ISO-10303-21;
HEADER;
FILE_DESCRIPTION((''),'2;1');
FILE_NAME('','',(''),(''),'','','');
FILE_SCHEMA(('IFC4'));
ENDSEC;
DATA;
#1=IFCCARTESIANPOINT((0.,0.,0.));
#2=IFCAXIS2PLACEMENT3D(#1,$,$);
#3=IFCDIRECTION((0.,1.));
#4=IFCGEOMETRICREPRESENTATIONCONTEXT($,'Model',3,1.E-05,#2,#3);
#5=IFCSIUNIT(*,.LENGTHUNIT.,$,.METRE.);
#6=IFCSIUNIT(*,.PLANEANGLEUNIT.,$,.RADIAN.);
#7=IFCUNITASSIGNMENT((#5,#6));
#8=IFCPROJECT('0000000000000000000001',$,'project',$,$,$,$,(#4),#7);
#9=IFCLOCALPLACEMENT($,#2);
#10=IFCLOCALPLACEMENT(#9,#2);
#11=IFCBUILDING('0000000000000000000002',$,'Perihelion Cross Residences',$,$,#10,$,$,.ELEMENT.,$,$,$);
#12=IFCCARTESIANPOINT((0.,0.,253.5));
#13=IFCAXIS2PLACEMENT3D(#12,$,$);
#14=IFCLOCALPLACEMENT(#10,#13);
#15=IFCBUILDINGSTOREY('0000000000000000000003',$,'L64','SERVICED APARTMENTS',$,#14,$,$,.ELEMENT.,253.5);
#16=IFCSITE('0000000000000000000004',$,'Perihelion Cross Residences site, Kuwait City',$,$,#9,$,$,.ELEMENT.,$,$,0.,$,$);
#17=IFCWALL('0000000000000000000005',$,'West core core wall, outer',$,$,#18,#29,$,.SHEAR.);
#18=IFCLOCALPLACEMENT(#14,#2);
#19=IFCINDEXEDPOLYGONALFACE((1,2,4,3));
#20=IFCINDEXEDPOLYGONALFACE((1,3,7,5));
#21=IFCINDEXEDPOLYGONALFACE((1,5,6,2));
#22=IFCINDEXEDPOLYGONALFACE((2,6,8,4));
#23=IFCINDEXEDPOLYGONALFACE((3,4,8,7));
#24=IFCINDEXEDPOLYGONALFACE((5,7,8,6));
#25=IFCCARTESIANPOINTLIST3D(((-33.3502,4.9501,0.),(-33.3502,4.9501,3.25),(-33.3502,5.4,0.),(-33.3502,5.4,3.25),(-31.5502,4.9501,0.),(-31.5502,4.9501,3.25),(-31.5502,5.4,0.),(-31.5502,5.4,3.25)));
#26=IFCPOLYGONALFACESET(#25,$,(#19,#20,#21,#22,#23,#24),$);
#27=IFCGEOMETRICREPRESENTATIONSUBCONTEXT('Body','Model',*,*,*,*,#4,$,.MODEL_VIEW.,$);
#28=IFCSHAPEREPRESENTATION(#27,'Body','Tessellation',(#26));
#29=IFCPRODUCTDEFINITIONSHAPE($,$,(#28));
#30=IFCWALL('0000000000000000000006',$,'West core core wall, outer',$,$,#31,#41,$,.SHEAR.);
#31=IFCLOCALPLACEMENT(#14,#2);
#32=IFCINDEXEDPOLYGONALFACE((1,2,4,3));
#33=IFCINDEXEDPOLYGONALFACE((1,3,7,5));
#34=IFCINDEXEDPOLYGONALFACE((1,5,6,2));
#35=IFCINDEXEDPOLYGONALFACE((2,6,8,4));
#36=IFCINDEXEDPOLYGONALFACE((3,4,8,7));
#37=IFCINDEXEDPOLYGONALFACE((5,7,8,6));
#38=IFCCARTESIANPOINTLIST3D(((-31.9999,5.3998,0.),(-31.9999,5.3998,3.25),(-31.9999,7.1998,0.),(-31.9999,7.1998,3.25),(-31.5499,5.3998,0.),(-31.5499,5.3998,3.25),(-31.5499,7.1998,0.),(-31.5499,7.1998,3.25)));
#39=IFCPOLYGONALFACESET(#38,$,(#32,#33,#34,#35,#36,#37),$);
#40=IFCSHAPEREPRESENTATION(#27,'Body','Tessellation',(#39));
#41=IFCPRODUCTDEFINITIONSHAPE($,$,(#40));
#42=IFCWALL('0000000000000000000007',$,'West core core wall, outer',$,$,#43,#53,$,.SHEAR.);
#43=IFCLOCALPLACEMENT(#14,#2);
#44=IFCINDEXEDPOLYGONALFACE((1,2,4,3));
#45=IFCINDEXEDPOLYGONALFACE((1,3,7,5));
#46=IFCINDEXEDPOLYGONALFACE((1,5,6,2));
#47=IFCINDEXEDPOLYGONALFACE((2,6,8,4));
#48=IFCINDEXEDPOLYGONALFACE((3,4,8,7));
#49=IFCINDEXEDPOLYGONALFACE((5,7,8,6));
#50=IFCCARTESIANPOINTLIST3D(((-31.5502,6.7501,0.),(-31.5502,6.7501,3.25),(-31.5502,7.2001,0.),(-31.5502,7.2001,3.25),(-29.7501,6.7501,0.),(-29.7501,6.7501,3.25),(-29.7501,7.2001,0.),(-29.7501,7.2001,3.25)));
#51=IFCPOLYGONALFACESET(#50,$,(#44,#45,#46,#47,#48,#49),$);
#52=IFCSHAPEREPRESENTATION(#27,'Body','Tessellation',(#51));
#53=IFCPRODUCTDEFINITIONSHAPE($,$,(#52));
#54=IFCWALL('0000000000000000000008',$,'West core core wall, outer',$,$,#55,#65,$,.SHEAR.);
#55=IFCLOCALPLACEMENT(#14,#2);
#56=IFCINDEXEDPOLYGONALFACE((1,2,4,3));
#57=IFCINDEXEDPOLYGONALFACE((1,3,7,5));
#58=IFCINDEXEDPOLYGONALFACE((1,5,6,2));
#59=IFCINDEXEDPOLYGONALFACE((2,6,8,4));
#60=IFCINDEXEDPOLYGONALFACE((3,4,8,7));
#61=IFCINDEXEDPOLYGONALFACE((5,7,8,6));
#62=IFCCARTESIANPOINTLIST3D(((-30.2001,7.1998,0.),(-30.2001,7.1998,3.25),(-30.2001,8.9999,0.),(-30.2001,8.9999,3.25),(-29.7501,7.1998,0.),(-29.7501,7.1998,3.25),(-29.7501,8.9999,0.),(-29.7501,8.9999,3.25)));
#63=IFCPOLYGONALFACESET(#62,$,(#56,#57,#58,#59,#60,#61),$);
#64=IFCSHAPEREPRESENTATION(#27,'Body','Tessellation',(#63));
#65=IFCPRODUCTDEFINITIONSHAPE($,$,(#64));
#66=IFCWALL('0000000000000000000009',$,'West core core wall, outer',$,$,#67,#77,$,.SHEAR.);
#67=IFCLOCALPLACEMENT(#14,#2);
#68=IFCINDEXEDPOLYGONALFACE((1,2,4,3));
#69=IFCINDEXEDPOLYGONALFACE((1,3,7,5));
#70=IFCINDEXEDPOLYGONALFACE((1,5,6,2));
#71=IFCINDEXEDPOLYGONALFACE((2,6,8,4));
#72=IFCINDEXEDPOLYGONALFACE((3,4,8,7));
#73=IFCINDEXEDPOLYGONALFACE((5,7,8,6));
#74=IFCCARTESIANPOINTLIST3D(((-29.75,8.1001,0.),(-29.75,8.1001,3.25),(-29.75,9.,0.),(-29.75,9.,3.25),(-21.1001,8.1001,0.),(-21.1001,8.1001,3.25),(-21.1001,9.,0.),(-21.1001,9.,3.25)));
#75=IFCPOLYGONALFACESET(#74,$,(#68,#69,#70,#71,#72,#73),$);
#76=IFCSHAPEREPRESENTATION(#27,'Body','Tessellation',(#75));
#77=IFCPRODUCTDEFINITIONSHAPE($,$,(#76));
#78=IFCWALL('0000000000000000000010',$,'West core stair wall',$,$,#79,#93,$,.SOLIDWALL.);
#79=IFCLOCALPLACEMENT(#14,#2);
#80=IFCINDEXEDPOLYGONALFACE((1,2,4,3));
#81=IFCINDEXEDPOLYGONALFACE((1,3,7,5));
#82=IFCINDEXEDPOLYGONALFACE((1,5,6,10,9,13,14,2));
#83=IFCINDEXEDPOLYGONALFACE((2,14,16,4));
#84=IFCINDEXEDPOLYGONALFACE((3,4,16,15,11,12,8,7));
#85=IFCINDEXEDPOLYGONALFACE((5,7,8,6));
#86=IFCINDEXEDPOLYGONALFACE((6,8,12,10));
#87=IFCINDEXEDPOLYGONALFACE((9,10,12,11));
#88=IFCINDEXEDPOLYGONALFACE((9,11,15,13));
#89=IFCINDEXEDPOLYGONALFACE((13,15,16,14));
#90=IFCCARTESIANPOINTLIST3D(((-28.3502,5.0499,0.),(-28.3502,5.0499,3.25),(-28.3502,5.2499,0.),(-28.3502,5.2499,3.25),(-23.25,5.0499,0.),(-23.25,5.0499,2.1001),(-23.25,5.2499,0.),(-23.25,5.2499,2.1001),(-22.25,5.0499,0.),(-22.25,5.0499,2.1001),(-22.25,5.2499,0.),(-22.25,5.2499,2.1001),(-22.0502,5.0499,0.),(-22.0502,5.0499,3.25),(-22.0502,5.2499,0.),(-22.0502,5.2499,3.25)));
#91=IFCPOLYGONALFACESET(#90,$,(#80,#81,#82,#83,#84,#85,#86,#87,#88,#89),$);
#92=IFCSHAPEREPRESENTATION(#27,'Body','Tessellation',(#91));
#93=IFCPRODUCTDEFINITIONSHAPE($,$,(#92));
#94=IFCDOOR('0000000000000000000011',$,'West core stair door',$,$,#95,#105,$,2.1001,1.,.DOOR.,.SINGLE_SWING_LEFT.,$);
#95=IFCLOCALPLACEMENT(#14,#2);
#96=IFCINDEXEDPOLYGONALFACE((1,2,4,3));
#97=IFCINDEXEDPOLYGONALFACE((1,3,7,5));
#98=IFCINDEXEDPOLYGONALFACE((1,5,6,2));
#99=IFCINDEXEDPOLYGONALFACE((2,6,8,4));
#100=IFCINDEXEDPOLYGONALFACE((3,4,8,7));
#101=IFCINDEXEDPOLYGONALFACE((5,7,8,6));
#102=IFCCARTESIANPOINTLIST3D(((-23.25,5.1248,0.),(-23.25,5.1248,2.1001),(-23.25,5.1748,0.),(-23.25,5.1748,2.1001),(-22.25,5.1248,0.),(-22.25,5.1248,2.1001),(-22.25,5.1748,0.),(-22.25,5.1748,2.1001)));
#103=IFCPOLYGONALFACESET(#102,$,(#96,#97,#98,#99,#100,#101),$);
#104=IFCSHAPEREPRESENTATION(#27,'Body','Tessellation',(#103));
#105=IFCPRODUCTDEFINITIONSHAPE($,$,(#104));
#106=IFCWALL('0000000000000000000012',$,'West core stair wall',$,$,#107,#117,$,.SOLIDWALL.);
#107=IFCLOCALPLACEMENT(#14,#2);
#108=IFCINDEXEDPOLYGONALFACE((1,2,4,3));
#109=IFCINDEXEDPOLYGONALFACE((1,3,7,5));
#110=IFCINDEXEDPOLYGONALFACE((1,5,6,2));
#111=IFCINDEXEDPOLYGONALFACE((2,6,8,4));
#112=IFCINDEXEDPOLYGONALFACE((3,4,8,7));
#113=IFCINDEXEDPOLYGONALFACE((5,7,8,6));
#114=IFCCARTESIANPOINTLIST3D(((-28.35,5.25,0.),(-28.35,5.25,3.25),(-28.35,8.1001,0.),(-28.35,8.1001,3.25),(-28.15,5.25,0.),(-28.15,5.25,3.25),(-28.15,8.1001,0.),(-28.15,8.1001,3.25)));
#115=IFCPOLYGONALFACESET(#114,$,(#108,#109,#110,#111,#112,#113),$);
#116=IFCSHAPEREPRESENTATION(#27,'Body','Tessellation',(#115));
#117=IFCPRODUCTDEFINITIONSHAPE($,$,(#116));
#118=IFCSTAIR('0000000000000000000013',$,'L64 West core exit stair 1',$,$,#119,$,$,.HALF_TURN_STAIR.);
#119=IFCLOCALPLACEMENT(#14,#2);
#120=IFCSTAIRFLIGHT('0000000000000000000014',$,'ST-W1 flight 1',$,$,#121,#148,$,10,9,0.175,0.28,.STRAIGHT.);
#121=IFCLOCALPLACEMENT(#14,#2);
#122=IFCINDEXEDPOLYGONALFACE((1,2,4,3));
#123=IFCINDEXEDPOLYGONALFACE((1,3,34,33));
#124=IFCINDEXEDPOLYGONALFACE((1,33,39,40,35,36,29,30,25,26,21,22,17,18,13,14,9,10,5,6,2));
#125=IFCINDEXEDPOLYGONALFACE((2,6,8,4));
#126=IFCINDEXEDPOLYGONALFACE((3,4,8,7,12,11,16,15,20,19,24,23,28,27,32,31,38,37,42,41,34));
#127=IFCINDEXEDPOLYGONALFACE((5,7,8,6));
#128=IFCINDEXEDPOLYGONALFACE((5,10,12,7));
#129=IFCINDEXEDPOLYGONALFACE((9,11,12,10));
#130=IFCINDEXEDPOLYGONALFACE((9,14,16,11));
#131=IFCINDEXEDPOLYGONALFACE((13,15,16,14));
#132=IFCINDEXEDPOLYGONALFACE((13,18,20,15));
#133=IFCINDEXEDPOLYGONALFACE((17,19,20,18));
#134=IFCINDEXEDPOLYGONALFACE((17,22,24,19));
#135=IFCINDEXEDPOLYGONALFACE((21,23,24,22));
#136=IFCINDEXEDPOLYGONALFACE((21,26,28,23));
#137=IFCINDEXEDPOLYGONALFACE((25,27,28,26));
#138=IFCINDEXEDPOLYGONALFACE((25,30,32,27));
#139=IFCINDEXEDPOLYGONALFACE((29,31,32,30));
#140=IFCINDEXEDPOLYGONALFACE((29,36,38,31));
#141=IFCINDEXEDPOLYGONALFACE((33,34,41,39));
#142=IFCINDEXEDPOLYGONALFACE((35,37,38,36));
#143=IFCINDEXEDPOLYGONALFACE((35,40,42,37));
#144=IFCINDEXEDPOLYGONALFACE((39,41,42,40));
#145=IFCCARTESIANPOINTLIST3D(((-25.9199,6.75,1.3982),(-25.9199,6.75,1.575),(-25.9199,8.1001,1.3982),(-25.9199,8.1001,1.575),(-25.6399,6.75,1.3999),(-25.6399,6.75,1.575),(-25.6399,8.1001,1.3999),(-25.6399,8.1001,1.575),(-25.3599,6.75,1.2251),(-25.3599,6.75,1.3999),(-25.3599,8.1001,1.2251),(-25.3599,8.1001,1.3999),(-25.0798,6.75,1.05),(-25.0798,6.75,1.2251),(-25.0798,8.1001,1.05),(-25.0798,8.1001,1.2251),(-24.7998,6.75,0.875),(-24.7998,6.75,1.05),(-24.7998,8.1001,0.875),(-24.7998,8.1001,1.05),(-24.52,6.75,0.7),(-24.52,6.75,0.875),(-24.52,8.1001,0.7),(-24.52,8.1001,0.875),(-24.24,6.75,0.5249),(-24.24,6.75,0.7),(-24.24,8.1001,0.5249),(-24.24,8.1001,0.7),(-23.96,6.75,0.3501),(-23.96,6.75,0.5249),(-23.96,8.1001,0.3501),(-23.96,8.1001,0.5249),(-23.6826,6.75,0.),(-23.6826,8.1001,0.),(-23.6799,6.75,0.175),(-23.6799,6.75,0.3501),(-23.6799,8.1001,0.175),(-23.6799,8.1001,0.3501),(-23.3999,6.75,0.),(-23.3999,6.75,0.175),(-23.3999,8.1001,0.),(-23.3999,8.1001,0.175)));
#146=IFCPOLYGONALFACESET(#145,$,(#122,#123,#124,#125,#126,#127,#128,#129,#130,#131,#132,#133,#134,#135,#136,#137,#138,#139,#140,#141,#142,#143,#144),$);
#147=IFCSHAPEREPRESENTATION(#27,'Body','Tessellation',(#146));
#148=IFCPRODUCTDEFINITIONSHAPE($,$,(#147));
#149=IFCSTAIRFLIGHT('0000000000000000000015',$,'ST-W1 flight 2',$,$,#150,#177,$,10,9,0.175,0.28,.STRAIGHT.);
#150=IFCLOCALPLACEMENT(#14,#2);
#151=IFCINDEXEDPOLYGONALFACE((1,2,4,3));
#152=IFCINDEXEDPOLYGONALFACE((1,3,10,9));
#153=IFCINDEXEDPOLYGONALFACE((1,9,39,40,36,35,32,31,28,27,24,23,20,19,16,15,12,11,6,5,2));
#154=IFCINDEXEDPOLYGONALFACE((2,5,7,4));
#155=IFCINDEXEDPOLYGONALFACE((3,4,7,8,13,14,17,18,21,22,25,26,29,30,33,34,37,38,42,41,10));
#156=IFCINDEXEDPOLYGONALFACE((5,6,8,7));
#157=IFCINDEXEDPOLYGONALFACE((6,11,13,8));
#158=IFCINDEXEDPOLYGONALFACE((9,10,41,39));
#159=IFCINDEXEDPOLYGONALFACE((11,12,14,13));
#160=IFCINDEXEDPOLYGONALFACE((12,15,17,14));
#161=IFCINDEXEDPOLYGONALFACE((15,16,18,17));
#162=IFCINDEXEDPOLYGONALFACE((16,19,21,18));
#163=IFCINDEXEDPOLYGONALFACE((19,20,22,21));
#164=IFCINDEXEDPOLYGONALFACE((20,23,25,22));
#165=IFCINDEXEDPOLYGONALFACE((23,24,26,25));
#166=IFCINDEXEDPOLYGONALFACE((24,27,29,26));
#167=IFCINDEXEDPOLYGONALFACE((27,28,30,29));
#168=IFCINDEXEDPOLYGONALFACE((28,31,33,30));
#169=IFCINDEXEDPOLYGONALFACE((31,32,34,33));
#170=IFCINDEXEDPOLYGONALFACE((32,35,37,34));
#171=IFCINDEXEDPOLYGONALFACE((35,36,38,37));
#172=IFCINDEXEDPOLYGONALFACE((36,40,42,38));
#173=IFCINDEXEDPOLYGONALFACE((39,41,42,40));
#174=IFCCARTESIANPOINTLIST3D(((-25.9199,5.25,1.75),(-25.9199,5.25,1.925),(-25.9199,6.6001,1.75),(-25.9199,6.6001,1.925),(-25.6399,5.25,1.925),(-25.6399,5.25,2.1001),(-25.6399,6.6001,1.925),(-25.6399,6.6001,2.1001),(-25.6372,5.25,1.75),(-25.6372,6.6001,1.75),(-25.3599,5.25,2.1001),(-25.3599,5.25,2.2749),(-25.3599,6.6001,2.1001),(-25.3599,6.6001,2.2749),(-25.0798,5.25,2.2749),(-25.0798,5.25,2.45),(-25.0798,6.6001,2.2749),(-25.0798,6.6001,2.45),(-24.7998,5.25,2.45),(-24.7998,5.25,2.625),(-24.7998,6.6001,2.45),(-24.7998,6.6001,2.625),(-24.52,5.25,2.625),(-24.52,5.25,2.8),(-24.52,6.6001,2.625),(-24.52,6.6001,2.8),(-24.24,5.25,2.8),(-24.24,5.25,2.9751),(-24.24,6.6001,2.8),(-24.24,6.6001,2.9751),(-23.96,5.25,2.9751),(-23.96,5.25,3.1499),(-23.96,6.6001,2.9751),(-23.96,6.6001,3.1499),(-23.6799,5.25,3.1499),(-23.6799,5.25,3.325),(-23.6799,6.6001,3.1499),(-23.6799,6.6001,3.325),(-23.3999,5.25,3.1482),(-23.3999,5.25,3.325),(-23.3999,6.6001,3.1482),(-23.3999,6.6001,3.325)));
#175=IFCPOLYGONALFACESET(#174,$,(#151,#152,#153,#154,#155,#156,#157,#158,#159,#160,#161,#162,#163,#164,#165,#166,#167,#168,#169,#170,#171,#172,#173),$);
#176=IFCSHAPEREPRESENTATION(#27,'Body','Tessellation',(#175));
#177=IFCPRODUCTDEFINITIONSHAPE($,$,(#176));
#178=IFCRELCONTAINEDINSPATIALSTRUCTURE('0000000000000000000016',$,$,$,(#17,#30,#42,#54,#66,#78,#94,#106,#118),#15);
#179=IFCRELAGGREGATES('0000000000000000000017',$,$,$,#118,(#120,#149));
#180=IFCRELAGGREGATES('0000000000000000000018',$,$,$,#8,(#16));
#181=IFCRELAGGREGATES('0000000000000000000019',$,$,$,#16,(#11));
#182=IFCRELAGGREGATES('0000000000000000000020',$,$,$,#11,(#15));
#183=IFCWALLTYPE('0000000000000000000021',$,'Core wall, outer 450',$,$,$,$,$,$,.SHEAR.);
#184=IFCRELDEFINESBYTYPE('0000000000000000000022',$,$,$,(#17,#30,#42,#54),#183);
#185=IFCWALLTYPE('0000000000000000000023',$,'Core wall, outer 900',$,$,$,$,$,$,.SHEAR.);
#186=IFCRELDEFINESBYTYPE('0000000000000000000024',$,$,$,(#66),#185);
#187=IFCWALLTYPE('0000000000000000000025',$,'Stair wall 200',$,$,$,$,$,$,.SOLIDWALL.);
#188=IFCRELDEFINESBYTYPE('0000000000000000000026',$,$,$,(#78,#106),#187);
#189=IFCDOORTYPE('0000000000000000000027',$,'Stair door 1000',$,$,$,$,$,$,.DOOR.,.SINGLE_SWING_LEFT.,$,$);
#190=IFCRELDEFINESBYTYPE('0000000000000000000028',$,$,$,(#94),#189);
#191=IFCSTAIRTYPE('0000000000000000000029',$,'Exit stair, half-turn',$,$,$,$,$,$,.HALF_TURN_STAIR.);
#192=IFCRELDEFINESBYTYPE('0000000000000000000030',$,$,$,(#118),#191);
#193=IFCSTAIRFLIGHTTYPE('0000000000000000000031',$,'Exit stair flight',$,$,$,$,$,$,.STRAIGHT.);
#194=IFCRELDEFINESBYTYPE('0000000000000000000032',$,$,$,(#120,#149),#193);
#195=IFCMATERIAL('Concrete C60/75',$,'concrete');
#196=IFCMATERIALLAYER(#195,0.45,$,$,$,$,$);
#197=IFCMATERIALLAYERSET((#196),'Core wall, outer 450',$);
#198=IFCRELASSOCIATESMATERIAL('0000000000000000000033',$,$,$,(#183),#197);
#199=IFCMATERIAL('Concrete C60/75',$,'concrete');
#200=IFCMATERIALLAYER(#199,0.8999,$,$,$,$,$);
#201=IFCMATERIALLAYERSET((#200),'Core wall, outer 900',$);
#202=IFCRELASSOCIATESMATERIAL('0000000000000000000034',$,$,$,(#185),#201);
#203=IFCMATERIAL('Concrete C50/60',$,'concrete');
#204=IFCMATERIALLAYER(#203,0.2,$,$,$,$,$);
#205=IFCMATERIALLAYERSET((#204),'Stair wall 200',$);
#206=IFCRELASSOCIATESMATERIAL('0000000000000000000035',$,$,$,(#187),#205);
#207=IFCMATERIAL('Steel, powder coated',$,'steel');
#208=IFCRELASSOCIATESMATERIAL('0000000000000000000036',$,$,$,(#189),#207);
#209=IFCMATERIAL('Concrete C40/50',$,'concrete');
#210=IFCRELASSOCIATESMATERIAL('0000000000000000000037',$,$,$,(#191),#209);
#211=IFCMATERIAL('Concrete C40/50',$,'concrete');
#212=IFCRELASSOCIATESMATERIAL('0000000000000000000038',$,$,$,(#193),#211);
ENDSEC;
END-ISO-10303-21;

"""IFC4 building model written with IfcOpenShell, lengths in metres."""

from ifc_helpers import new_model, si_unit, direction, frame, frame_2d, origin, place, context, subcontext, project, spatial, polyline, rectangle, outline, extrude, material, layer, layer_set, type_object, element, fill, aggregate, save


model = new_model("IFC4")

# Units and contexts
model_context = context("Model", 3, precision=1e-05, world=origin(), true_north=direction((0.0, 1.0)))
body_context = subcontext(model_context, "Body", "Model", "MODEL_VIEW")
ifc_project = project(units=[si_unit("LENGTHUNIT", "METRE"), si_unit("PLANEANGLEUNIT", "RADIAN")], contexts=[model_context])

# Site, building, storey
site_placement = place(None, origin())
site = spatial("IfcSite", under=ifc_project, at=site_placement, Name="Perihelion Cross Residences site, Kuwait City", CompositionType="ELEMENT", RefElevation=0.0)
building_placement = place(site_placement, origin())
building = spatial("IfcBuilding", under=site, at=building_placement, Name="Perihelion Cross Residences", CompositionType="ELEMENT")
storey_placement = place(building_placement, frame((0.0, 0.0, 253.5)))
storey = spatial("IfcBuildingStorey", under=building, at=storey_placement, Name="L64", Description="SERVICED APARTMENTS", CompositionType="ELEMENT", Elevation=253.5)

# Walls
ifc_material_1 = material(Name="Concrete C60/75", Category="concrete")
ifc_layer_1 = layer(ifc_material_1, 0.45)
ifc_layer_set_1 = layer_set([ifc_layer_1], Name="Core wall, outer 450")
wall_type_1 = type_object("IfcWallType", Name="Core wall, outer 450", PredefinedType="SHEAR", material=ifc_layer_set_1)
for number, where, z_axis, x_axis, name in (
    (1, (-33.3501, 5.175, 0.0), (0.0, 0.0, 1.0), (1.0, 0.0, 0.0), "West core core wall, outer"),
    (2, (-31.7749, 5.3999, 0.0), (0.0, 0.0, 1.0), (0.0, 1.0, 0.0), "West core core wall, outer"),
    (3, (-31.55, 6.9751, 0.0), (0.0, 0.0, 1.0), (1.0, 0.0, 0.0), "West core core wall, outer"),
    (4, (-29.9751, 7.2, 0.0), (0.0, 0.0, 1.0), (0.0, 1.0, 0.0), "West core core wall, outer"),
):
    element("IfcWall", number, at=place(storey_placement, frame(where, z_axis=z_axis, x_axis=x_axis)), inside=storey, type_object=wall_type_1, Name=name, PredefinedType="SHEAR", context=body_context, shape_type="SweptSolid", body=[
        extrude(rectangle(XDim=1.8, YDim=0.45, at=frame_2d((0.8999, 0.0))), origin(), (0.0, 0.0, 1.0), 3.25),
    ])
ifc_material_2 = material(Name="Concrete C60/75", Category="concrete")
ifc_layer_2 = layer(ifc_material_2, 0.8999)
ifc_layer_set_2 = layer_set([ifc_layer_2], Name="Core wall, outer 900")
wall_type_2 = type_object("IfcWallType", Name="Core wall, outer 900", PredefinedType="SHEAR", material=ifc_layer_set_2)
wall_1_placement = place(storey_placement, frame((-29.75, 8.55, 0.0), z_axis=(0.0, 0.0, 1.0), x_axis=(1.0, 0.0, 0.0)))
element("IfcWall", 5, at=wall_1_placement, inside=storey, type_object=wall_type_2, Name="West core core wall, outer", PredefinedType="SHEAR", context=body_context, shape_type="SweptSolid", body=[
    extrude(rectangle(XDim=8.6499, YDim=0.8999, at=frame_2d((4.325, 0.0))), origin(), (0.0, 0.0, 1.0), 3.25),
])

# Wall, opening, door
ifc_material_3 = material(Name="Concrete C50/60", Category="concrete")
ifc_layer_3 = layer(ifc_material_3, 0.2)
ifc_layer_set_3 = layer_set([ifc_layer_3], Name="Stair wall 200")
wall_type_3 = type_object("IfcWallType", Name="Stair wall 200", PredefinedType="SOLIDWALL", material=ifc_layer_set_3)
wall_2_placement = place(storey_placement, frame((-28.3501, 5.1499, 0.0), z_axis=(0.0, 0.0, 1.0), x_axis=(1.0, 0.0, 0.0)))
wall_2 = element("IfcWall", 6, at=wall_2_placement, inside=storey, type_object=wall_type_3, Name="West core stair wall", PredefinedType="SOLIDWALL", context=body_context, shape_type="SweptSolid", body=[
    extrude(rectangle(XDim=6.3, YDim=0.2, at=frame_2d((3.1499, 0.0))), origin(), (0.0, 0.0, 1.0), 3.25),
])
opening_placement = place(wall_2_placement, frame((5.1001, 0.0, 0.0)))
opening = element("IfcOpeningElement", 7, at=opening_placement, cuts=wall_2, PredefinedType="OPENING", context=body_context, shape_type="SweptSolid", body=[
    extrude(rectangle(XDim=1.0, YDim=2.1001, at=frame_2d((0.5, 1.05))), frame((0.0, 0.1099, 0.0), z_axis=(0.0, -1.0, 0.0), x_axis=(1.0, 0.0, 0.0)), (0.0, 0.0, 1.0), 0.22),
])
ifc_material_4 = material(Name="Steel, powder coated", Category="steel")
door_type = type_object("IfcDoorType", Name="Stair door 1000", OperationType="SINGLE_SWING_LEFT", PredefinedType="DOOR", material=ifc_material_4)
door_placement = place(opening_placement, origin())
door = element("IfcDoor", 8, at=door_placement, inside=storey, type_object=door_type, Name="West core stair door", OperationType="SINGLE_SWING_LEFT", OverallHeight=2.1001, OverallWidth=1.0, PredefinedType="DOOR", context=body_context, shape_type="SweptSolid", body=[
    extrude(rectangle(XDim=1.0, YDim=2.1001, at=frame_2d((0.5, 1.05))), frame((0.0, 0.0249, 0.0), z_axis=(0.0, -1.0, 0.0), x_axis=(1.0, 0.0, 0.0)), (0.0, 0.0, 1.0), 0.05),
])
fill(opening, door)

# Wall
wall_3_placement = place(storey_placement, frame((-28.25, 5.25, 0.0), z_axis=(0.0, 0.0, 1.0), x_axis=(0.0, 1.0, 0.0)))
element("IfcWall", 9, at=wall_3_placement, inside=storey, type_object=wall_type_3, Name="West core stair wall", PredefinedType="SOLIDWALL", context=body_context, shape_type="SweptSolid", body=[
    extrude(rectangle(XDim=2.8501, YDim=0.2, at=frame_2d((1.425, 0.0))), origin(), (0.0, 0.0, 1.0), 3.25),
])

# Stair, stair flights
ifc_material_5 = material(Name="Concrete C40/50", Category="concrete")
stair_type = type_object("IfcStairType", Name="Exit stair, half-turn", PredefinedType="HALF_TURN_STAIR", material=ifc_material_5)
stair_placement = place(storey_placement, origin())
stair = element("IfcStair", 10, at=stair_placement, inside=storey, type_object=stair_type, Name="L64 West core exit stair 1", PredefinedType="HALF_TURN_STAIR")
ifc_material_6 = material(Name="Concrete C40/50", Category="concrete")
stair_flight_type = type_object("IfcStairFlightType", Name="Exit stair flight", PredefinedType="STRAIGHT", material=ifc_material_6)
stair_flight_1_placement = place(storey_placement, frame((-23.3999, 7.425, 0.0), z_axis=(0.0, 0.0, 1.0), x_axis=(-1.0, 0.0, 0.0)))
stair_flight_1 = element("IfcStairFlight", 11, at=stair_flight_1_placement, type_object=stair_flight_type, Name="ST-W1 flight 1", NumberOfRisers=10, NumberOfTreads=9, PredefinedType="STRAIGHT", RiserHeight=0.175, TreadLength=0.28, context=body_context, shape_type="SweptSolid", body=[
    extrude(outline(polyline([(0.0, 0.0), (0.0, 0.175), (0.28, 0.175), (0.28, 0.3501), (0.5601, 0.3501), (0.5601, 0.5249), (0.8401, 0.5249), (0.8401, 0.7), (1.1201, 0.7), (1.1201, 0.875), (1.3999, 0.875), (1.3999, 1.05), (1.6799, 1.05), (1.6799, 1.2251), (1.96, 1.2251), (1.96, 1.3999), (2.24, 1.3999), (2.24, 1.575), (2.52, 1.575), (2.52, 1.75), (2.52, 1.3982), (0.2827, 0.0), (0.0, 0.0)])), frame((0.0, 0.675, 0.0), z_axis=(0.0, -1.0, 0.0), x_axis=(1.0, 0.0, 0.0)), (0.0, 0.0, 1.0), 1.3501),
])
stair_flight_2_placement = place(storey_placement, frame((-25.9199, 5.925, 1.75), z_axis=(0.0, 0.0, 1.0), x_axis=(1.0, 0.0, 0.0)))
stair_flight_2 = element("IfcStairFlight", 12, at=stair_flight_2_placement, type_object=stair_flight_type, Name="ST-W1 flight 2", NumberOfRisers=10, NumberOfTreads=9, PredefinedType="STRAIGHT", RiserHeight=0.175, TreadLength=0.28, context=body_context, shape_type="SweptSolid", body=[
    extrude(outline(polyline([(0.0, 0.0), (0.0, 0.175), (0.28, 0.175), (0.28, 0.3501), (0.5601, 0.3501), (0.5601, 0.5249), (0.8401, 0.5249), (0.8401, 0.7), (1.1201, 0.7), (1.1201, 0.875), (1.3999, 0.875), (1.3999, 1.05), (1.6799, 1.05), (1.6799, 1.2251), (1.96, 1.2251), (1.96, 1.3999), (2.24, 1.3999), (2.24, 1.575), (2.52, 1.575), (2.52, 1.75), (2.52, 1.3982), (0.2827, 0.0), (0.0, 0.0)])), frame((0.0, 0.675, 0.0), z_axis=(0.0, -1.0, 0.0), x_axis=(1.0, 0.0, 0.0)), (0.0, 0.0, 1.0), 1.3501),
])
aggregate(stair, [stair_flight_1, stair_flight_2])

save(model, "model.ifc")
